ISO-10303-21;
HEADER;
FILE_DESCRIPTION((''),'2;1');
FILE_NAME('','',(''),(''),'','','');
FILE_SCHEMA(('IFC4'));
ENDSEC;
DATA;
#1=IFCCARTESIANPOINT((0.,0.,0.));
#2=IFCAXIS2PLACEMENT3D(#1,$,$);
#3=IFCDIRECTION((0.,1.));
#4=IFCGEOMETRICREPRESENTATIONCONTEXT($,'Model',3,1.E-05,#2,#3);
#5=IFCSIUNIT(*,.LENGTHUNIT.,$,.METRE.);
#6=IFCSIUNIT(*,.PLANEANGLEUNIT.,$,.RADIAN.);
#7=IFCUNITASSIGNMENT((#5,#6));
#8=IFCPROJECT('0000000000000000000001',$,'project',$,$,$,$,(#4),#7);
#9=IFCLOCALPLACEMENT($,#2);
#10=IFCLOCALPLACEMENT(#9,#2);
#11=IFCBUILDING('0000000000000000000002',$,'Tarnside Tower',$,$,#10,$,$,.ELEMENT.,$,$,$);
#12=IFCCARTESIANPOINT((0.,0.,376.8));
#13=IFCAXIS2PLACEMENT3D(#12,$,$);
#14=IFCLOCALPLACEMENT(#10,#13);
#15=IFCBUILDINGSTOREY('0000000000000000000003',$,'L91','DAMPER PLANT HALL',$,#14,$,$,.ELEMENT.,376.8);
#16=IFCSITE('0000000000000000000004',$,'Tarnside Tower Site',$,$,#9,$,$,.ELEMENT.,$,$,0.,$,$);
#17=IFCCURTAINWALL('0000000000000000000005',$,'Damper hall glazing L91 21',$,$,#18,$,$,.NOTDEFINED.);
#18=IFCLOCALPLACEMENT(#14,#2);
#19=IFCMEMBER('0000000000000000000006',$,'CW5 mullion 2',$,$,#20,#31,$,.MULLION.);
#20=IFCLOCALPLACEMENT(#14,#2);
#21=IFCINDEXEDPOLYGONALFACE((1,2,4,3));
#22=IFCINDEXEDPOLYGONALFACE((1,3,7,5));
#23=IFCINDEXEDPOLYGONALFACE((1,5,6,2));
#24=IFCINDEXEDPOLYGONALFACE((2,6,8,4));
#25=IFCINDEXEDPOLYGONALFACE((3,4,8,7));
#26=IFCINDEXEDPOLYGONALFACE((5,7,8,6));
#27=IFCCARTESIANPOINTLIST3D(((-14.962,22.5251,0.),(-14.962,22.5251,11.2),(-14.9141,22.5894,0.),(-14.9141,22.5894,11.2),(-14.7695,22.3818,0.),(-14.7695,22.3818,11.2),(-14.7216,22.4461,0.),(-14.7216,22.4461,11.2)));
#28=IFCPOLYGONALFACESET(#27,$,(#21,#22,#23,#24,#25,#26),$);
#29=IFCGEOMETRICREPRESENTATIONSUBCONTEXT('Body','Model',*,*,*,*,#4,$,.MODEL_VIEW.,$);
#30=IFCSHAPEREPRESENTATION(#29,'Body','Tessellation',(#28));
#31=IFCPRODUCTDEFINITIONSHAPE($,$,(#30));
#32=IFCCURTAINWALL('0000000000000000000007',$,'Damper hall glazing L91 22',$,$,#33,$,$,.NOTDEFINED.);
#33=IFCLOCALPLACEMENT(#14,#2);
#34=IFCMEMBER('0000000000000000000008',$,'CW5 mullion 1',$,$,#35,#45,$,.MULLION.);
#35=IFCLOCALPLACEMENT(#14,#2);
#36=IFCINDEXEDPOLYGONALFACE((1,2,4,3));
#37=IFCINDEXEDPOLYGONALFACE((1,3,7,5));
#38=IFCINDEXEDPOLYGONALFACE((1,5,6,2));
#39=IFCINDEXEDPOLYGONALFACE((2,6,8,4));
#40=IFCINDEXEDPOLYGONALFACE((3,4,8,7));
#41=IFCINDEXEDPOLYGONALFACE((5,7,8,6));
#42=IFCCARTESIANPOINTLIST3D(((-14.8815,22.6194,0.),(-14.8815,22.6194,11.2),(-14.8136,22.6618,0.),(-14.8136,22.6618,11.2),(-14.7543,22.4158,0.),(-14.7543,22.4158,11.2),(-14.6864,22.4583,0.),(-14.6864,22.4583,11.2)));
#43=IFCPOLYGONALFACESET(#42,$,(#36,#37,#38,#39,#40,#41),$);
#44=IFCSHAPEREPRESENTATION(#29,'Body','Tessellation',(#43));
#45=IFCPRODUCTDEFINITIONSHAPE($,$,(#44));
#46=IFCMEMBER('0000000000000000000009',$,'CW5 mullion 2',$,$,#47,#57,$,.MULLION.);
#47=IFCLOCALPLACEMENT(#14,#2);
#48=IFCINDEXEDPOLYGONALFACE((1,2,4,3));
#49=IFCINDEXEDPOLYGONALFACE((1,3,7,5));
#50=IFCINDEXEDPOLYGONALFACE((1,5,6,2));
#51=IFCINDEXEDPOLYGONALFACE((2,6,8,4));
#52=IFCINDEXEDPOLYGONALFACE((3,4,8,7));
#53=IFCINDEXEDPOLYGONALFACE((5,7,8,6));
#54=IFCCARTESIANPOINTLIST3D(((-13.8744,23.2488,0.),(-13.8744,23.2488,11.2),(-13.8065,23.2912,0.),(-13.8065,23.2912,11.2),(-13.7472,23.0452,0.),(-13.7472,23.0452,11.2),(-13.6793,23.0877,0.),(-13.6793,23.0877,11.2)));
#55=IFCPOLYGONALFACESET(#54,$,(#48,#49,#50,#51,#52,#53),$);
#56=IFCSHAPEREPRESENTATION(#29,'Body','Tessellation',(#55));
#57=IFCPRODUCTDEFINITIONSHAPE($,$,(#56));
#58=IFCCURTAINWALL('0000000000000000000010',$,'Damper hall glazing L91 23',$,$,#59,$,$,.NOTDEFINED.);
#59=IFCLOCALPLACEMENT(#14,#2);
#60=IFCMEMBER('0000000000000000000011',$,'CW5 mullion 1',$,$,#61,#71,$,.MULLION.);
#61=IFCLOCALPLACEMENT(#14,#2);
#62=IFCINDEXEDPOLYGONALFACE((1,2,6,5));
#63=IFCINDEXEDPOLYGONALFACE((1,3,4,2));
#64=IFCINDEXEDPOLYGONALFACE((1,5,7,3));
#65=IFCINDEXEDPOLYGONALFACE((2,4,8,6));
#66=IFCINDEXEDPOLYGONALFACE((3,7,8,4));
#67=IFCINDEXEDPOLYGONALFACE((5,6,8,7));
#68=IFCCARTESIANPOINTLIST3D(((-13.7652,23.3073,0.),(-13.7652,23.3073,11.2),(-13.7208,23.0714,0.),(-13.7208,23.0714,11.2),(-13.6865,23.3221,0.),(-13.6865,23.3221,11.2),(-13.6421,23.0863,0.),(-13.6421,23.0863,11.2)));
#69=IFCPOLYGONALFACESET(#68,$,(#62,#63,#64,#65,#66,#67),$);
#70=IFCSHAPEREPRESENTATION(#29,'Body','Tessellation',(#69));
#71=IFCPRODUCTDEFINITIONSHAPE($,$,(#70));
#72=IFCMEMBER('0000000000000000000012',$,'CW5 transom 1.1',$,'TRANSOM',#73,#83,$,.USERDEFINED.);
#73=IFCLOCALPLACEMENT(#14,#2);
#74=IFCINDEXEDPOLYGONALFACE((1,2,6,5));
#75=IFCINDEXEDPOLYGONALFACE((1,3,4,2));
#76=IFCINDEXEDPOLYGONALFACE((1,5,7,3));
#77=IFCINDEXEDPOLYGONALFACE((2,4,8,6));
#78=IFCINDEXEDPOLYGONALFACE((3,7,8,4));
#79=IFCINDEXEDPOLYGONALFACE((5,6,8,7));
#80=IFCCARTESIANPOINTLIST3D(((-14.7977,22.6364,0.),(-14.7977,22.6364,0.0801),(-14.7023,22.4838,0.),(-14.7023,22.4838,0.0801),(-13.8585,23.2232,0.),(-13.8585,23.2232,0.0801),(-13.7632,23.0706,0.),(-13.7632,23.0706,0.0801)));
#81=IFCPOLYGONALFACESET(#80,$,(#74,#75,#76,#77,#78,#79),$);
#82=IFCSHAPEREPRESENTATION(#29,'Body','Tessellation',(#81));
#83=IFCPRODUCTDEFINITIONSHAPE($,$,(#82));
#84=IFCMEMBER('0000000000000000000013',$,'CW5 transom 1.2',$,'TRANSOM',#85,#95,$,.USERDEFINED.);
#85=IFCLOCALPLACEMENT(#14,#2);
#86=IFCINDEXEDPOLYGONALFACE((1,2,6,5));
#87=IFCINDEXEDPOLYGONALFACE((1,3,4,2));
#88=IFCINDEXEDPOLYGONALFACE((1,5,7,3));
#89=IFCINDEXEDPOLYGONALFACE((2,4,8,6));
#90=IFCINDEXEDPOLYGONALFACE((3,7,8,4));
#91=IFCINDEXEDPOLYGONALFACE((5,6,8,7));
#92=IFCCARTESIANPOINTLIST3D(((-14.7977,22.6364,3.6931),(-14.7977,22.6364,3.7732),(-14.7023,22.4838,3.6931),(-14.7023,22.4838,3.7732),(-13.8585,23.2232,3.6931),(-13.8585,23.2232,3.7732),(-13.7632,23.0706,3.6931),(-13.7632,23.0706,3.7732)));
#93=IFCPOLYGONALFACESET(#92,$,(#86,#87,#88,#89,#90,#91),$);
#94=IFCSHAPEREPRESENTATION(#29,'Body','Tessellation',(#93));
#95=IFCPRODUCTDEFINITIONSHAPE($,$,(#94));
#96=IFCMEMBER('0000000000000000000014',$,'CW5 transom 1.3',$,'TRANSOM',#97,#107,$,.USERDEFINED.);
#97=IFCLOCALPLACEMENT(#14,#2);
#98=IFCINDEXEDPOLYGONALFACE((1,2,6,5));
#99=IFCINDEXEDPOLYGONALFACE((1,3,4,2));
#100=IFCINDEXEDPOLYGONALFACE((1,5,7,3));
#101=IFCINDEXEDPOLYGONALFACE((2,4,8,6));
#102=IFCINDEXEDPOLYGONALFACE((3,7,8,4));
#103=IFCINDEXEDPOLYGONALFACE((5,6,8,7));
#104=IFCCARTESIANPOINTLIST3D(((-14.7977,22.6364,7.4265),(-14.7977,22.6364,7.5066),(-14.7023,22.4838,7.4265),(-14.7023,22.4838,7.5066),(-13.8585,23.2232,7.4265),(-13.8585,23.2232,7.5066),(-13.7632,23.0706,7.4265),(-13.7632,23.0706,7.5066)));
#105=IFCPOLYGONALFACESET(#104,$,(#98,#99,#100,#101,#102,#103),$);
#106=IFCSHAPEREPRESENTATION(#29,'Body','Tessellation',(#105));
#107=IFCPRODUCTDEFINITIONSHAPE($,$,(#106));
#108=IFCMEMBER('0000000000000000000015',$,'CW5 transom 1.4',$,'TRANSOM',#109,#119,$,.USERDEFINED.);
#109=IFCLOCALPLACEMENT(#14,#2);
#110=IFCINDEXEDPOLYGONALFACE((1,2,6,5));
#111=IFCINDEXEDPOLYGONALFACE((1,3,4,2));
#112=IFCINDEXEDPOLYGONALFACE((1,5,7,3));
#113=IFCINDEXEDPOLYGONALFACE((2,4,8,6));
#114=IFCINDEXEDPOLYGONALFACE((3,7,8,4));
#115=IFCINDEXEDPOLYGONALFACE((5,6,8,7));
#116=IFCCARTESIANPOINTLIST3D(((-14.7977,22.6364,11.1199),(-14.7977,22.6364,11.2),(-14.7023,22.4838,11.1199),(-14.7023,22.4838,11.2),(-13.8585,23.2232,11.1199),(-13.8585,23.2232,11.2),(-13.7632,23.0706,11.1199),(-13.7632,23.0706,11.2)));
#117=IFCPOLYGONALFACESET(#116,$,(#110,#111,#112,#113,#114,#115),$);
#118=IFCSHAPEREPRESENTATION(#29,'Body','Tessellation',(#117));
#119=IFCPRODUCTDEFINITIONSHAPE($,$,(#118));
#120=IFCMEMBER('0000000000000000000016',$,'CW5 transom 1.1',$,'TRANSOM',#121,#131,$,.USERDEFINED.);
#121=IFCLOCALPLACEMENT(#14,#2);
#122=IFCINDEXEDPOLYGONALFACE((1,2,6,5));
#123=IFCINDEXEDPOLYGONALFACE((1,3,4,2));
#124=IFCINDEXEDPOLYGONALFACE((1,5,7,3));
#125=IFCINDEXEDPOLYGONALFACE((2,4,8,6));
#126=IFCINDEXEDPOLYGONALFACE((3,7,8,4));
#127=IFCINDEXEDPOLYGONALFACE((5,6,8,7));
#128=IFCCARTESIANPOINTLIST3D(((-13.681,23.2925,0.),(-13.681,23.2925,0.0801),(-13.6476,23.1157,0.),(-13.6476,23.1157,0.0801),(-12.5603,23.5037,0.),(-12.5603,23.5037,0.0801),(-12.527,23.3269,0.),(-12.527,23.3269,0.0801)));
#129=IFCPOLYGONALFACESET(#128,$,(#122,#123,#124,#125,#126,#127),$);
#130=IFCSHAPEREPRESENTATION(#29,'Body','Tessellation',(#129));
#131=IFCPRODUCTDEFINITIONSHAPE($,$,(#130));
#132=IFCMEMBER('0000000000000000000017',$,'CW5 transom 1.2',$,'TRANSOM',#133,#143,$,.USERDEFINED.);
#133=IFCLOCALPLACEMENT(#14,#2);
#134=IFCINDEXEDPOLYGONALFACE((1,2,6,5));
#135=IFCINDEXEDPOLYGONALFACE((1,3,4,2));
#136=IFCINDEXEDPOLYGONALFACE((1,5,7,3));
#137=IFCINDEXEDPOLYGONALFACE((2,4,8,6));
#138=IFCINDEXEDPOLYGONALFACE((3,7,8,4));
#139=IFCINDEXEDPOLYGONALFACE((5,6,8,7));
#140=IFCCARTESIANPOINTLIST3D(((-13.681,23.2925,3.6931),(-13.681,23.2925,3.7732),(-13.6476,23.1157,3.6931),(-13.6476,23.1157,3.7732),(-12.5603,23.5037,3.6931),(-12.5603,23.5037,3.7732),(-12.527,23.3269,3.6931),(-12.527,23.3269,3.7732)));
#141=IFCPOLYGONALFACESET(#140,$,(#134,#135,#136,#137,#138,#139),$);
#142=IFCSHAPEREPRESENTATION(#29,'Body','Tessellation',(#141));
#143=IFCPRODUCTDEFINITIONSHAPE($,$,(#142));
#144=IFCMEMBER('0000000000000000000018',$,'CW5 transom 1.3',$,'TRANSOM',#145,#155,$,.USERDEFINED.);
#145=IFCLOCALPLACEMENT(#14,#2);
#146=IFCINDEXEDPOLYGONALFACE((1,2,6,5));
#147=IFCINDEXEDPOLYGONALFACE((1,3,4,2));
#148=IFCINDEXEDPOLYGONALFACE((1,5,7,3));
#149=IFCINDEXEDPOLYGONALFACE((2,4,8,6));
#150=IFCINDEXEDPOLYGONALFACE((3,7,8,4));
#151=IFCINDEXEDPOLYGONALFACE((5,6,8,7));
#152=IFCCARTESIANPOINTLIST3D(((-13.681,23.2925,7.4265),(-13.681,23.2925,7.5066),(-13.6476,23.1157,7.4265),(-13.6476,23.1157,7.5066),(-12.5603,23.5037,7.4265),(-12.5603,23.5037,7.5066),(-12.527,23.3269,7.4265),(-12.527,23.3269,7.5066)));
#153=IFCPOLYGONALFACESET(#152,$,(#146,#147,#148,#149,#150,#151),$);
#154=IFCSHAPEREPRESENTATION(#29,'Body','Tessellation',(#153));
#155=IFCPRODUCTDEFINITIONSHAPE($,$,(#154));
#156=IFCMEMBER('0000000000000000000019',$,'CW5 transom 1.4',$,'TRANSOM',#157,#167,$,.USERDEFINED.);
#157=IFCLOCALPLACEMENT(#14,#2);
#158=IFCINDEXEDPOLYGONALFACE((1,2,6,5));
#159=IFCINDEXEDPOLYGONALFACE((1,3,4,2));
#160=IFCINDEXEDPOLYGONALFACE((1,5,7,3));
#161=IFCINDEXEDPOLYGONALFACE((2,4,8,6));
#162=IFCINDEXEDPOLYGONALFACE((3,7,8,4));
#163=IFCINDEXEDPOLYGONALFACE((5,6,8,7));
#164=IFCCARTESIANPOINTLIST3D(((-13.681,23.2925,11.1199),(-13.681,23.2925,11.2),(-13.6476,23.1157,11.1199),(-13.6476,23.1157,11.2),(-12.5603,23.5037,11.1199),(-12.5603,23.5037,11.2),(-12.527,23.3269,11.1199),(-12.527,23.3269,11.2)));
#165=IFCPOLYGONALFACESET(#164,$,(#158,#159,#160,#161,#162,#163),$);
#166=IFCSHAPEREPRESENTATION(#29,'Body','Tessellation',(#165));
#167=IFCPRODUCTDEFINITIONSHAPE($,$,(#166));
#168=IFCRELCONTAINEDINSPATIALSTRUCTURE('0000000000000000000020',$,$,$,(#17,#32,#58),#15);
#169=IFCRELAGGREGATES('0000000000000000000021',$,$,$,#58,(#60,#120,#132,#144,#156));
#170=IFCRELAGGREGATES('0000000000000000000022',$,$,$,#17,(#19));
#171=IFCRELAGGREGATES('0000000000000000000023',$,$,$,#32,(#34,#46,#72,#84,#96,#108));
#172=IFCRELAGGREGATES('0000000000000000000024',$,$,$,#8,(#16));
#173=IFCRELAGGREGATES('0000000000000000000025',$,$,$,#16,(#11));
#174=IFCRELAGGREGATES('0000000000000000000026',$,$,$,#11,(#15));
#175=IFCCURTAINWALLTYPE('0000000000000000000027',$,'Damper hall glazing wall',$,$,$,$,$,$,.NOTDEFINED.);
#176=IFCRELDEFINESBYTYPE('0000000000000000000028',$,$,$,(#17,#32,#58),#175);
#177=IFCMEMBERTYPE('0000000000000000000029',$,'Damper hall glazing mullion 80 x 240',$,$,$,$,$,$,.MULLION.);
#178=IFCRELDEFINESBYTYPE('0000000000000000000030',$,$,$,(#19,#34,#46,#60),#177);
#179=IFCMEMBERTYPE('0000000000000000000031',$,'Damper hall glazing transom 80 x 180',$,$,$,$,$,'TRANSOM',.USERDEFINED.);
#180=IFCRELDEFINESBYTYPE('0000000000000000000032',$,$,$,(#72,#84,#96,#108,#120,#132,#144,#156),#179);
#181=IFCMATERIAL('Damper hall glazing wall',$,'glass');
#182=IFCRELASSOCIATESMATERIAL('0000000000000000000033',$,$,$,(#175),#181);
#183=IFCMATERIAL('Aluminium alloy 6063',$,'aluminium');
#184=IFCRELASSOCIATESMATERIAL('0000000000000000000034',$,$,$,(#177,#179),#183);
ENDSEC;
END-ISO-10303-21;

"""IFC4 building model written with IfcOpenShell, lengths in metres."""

from ifc_helpers import new_model, si_unit, direction, frame, origin, origin_2d, place, context, subcontext, project, spatial, rectangle, extrude, material, material_profile, profile_set, type_object, element, aggregate, save


model = new_model("IFC4")

# Units and contexts
model_context = context("Model", 3, precision=1e-05, world=origin(), true_north=direction((0.0, 1.0)))
body_context = subcontext(model_context, "Body", "Model", "MODEL_VIEW")
ifc_project = project(units=[si_unit("LENGTHUNIT", "METRE"), si_unit("PLANEANGLEUNIT", "RADIAN")], contexts=[model_context])

# Site, building, storey
site_placement = place(None, origin())
site = spatial("IfcSite", under=ifc_project, at=site_placement, Name="Tarnside Tower Site", CompositionType="ELEMENT", RefElevation=0.0)
building_placement = place(site_placement, origin())
building = spatial("IfcBuilding", under=site, at=building_placement, Name="Tarnside Tower", CompositionType="ELEMENT")
storey_placement = place(building_placement, frame((0.0, 0.0, 376.8)))
storey = spatial("IfcBuildingStorey", under=building, at=storey_placement, Name="L91", Description="DAMPER PLANT HALL", CompositionType="ELEMENT", Elevation=376.8)

# Curtain wall, member
ifc_material_1 = material(Name="Damper hall glazing wall", Category="glass")
curtain_wall_type = type_object("IfcCurtainWallType", Name="Damper hall glazing wall", PredefinedType="NOTDEFINED", material=ifc_material_1)
curtain_wall_1_placement = place(storey_placement, origin())
curtain_wall_1 = element("IfcCurtainWall", 1, at=curtain_wall_1_placement, inside=storey, type_object=curtain_wall_type, Name="Damper hall glazing L91 21", PredefinedType="NOTDEFINED")
ifc_material_2 = material(Name="Aluminium alloy 6063", Category="aluminium")
ifc_material_profile_1 = material_profile(ifc_material_2, rectangle(XDim=0.24, YDim=0.0801, at=origin_2d()), Name="Damper hall glazing mullion 80 x 240")
ifc_profile_set_1 = profile_set([ifc_material_profile_1], Name="Aluminium alloy 6063")
member_type_1 = type_object("IfcMemberType", Name="Damper hall glazing mullion 80 x 240", PredefinedType="MULLION", material=ifc_profile_set_1)
member_1_placement = place(storey_placement, frame((-14.8418, 22.4856, 0.0), z_axis=(0.0, 0.0, 1.0), x_axis=(-0.802123, 0.597159, 0.0)))
member_1 = element("IfcMember", 2, at=member_1_placement, type_object=member_type_1, Name="CW5 mullion 2", PredefinedType="MULLION", context=body_context, shape_type="SweptSolid", body=[
    extrude(rectangle(XDim=0.24, YDim=0.0801, at=origin_2d()), origin(), (0.0, 0.0, 1.0), 11.2),
])

# Curtain wall, members
curtain_wall_2_placement = place(storey_placement, origin())
curtain_wall_2 = element("IfcCurtainWall", 3, at=curtain_wall_2_placement, inside=storey, type_object=curtain_wall_type, Name="Damper hall glazing L91 22", PredefinedType="NOTDEFINED")
member_2_placement = place(storey_placement, frame((-14.7839, 22.5388, 0.0), z_axis=(0.0, 0.0, 1.0), x_axis=(-0.529919, 0.848048, 0.0)))
member_2 = element("IfcMember", 4, at=member_2_placement, type_object=member_type_1, Name="CW5 mullion 1", PredefinedType="MULLION", context=body_context, shape_type="SweptSolid", body=[
    extrude(rectangle(XDim=0.24, YDim=0.0801, at=origin_2d()), origin(), (0.0, 0.0, 1.0), 11.2),
])
member_3_placement = place(storey_placement, frame((-13.7769, 23.1682, 0.0), z_axis=(0.0, 0.0, 1.0), x_axis=(-0.529919, 0.848048, 0.0)))
member_3 = element("IfcMember", 5, at=member_3_placement, type_object=member_type_1, Name="CW5 mullion 2", PredefinedType="MULLION", context=body_context, shape_type="SweptSolid", body=[
    extrude(rectangle(XDim=0.24, YDim=0.0801, at=origin_2d()), origin(), (0.0, 0.0, 1.0), 11.2),
])

# Curtain wall, member
curtain_wall_3_placement = place(storey_placement, origin())
curtain_wall_3 = element("IfcCurtainWall", 6, at=curtain_wall_3_placement, inside=storey, type_object=curtain_wall_type, Name="Damper hall glazing L91 23", PredefinedType="NOTDEFINED")
member_4_placement = place(storey_placement, frame((-13.7036, 23.1968, 0.0), z_axis=(0.0, 0.0, 1.0), x_axis=(-0.185095, 0.982721, 0.0)))
member_4 = element("IfcMember", 7, at=member_4_placement, type_object=member_type_1, Name="CW5 mullion 1", PredefinedType="MULLION", context=body_context, shape_type="SweptSolid", body=[
    extrude(rectangle(XDim=0.24, YDim=0.0801, at=origin_2d()), origin(), (0.0, 0.0, 1.0), 11.2),
])

# Members
ifc_material_profile_2 = material_profile(ifc_material_2, rectangle(XDim=0.1799, YDim=0.0801, at=origin_2d()), Name="Damper hall glazing transom 80 x 180")
ifc_profile_set_2 = profile_set([ifc_material_profile_2], Name="Aluminium alloy 6063")
member_type_2 = type_object("IfcMemberType", Name="Damper hall glazing transom 80 x 180", ElementType="TRANSOM", PredefinedType="USERDEFINED", material=ifc_profile_set_2)
member_5_placement = place(storey_placement, frame((-14.75, 22.5601, 0.04), z_axis=(0.848035, 0.529939, 0.0), x_axis=(-0.529939, 0.848035, 0.0)))
member_5 = element("IfcMember", 8, at=member_5_placement, type_object=member_type_2, Name="CW5 transom 1.1", ObjectType="TRANSOM", PredefinedType="USERDEFINED", context=body_context, shape_type="SweptSolid", body=[
    extrude(rectangle(XDim=0.1799, YDim=0.0801, at=origin_2d()), origin(), (0.0, 0.0, 1.0), 1.1074),
])
member_6_placement = place(storey_placement, frame((-14.75, 22.5601, 3.7332), z_axis=(0.848035, 0.529939, 0.0), x_axis=(-0.529939, 0.848035, 0.0)))
member_6 = element("IfcMember", 9, at=member_6_placement, type_object=member_type_2, Name="CW5 transom 1.2", ObjectType="TRANSOM", PredefinedType="USERDEFINED", context=body_context, shape_type="SweptSolid", body=[
    extrude(rectangle(XDim=0.1799, YDim=0.0801, at=origin_2d()), origin(), (0.0, 0.0, 1.0), 1.1074),
])
member_7_placement = place(storey_placement, frame((-14.75, 22.5601, 7.4666), z_axis=(0.848035, 0.529939, 0.0), x_axis=(-0.529939, 0.848035, 0.0)))
member_7 = element("IfcMember", 10, at=member_7_placement, type_object=member_type_2, Name="CW5 transom 1.3", ObjectType="TRANSOM", PredefinedType="USERDEFINED", context=body_context, shape_type="SweptSolid", body=[
    extrude(rectangle(XDim=0.1799, YDim=0.0801, at=origin_2d()), origin(), (0.0, 0.0, 1.0), 1.1074),
])
member_8_placement = place(storey_placement, frame((-14.75, 22.5601, 11.1599), z_axis=(0.848035, 0.529939, 0.0), x_axis=(-0.529939, 0.848035, 0.0)))
member_8 = element("IfcMember", 11, at=member_8_placement, type_object=member_type_2, Name="CW5 transom 1.4", ObjectType="TRANSOM", PredefinedType="USERDEFINED", context=body_context, shape_type="SweptSolid", body=[
    extrude(rectangle(XDim=0.1799, YDim=0.0801, at=origin_2d()), origin(), (0.0, 0.0, 1.0), 1.1074),
])
member_9_placement = place(storey_placement, frame((-13.6643, 23.2041, 0.04), z_axis=(0.982702, 0.185193, 0.0), x_axis=(-0.185193, 0.982702, 0.0)))
member_9 = element("IfcMember", 12, at=member_9_placement, type_object=member_type_2, Name="CW5 transom 1.1", ObjectType="TRANSOM", PredefinedType="USERDEFINED", context=body_context, shape_type="SweptSolid", body=[
    extrude(rectangle(XDim=0.1799, YDim=0.0801, at=origin_2d()), origin(), (0.0, 0.0, 1.0), 1.1404),
])
member_10_placement = place(storey_placement, frame((-13.6643, 23.2041, 3.7332), z_axis=(0.982702, 0.185193, 0.0), x_axis=(-0.185193, 0.982702, 0.0)))
member_10 = element("IfcMember", 13, at=member_10_placement, type_object=member_type_2, Name="CW5 transom 1.2", ObjectType="TRANSOM", PredefinedType="USERDEFINED", context=body_context, shape_type="SweptSolid", body=[
    extrude(rectangle(XDim=0.1799, YDim=0.0801, at=origin_2d()), origin(), (0.0, 0.0, 1.0), 1.1404),
])
member_11_placement = place(storey_placement, frame((-13.6643, 23.2041, 7.4666), z_axis=(0.982702, 0.185193, 0.0), x_axis=(-0.185193, 0.982702, 0.0)))
member_11 = element("IfcMember", 14, at=member_11_placement, type_object=member_type_2, Name="CW5 transom 1.3", ObjectType="TRANSOM", PredefinedType="USERDEFINED", context=body_context, shape_type="SweptSolid", body=[
    extrude(rectangle(XDim=0.1799, YDim=0.0801, at=origin_2d()), origin(), (0.0, 0.0, 1.0), 1.1404),
])
member_12_placement = place(storey_placement, frame((-13.6643, 23.2041, 11.1599), z_axis=(0.982702, 0.185193, 0.0), x_axis=(-0.185193, 0.982702, 0.0)))
member_12 = element("IfcMember", 15, at=member_12_placement, type_object=member_type_2, Name="CW5 transom 1.4", ObjectType="TRANSOM", PredefinedType="USERDEFINED", context=body_context, shape_type="SweptSolid", body=[
    extrude(rectangle(XDim=0.1799, YDim=0.0801, at=origin_2d()), origin(), (0.0, 0.0, 1.0), 1.1404),
])
aggregate(curtain_wall_3, [member_4, member_9, member_10, member_11, member_12])

aggregate(curtain_wall_1, [member_1])
aggregate(curtain_wall_2, [member_2, member_3, member_5, member_6, member_7, member_8])

save(model, "model.ifc")
